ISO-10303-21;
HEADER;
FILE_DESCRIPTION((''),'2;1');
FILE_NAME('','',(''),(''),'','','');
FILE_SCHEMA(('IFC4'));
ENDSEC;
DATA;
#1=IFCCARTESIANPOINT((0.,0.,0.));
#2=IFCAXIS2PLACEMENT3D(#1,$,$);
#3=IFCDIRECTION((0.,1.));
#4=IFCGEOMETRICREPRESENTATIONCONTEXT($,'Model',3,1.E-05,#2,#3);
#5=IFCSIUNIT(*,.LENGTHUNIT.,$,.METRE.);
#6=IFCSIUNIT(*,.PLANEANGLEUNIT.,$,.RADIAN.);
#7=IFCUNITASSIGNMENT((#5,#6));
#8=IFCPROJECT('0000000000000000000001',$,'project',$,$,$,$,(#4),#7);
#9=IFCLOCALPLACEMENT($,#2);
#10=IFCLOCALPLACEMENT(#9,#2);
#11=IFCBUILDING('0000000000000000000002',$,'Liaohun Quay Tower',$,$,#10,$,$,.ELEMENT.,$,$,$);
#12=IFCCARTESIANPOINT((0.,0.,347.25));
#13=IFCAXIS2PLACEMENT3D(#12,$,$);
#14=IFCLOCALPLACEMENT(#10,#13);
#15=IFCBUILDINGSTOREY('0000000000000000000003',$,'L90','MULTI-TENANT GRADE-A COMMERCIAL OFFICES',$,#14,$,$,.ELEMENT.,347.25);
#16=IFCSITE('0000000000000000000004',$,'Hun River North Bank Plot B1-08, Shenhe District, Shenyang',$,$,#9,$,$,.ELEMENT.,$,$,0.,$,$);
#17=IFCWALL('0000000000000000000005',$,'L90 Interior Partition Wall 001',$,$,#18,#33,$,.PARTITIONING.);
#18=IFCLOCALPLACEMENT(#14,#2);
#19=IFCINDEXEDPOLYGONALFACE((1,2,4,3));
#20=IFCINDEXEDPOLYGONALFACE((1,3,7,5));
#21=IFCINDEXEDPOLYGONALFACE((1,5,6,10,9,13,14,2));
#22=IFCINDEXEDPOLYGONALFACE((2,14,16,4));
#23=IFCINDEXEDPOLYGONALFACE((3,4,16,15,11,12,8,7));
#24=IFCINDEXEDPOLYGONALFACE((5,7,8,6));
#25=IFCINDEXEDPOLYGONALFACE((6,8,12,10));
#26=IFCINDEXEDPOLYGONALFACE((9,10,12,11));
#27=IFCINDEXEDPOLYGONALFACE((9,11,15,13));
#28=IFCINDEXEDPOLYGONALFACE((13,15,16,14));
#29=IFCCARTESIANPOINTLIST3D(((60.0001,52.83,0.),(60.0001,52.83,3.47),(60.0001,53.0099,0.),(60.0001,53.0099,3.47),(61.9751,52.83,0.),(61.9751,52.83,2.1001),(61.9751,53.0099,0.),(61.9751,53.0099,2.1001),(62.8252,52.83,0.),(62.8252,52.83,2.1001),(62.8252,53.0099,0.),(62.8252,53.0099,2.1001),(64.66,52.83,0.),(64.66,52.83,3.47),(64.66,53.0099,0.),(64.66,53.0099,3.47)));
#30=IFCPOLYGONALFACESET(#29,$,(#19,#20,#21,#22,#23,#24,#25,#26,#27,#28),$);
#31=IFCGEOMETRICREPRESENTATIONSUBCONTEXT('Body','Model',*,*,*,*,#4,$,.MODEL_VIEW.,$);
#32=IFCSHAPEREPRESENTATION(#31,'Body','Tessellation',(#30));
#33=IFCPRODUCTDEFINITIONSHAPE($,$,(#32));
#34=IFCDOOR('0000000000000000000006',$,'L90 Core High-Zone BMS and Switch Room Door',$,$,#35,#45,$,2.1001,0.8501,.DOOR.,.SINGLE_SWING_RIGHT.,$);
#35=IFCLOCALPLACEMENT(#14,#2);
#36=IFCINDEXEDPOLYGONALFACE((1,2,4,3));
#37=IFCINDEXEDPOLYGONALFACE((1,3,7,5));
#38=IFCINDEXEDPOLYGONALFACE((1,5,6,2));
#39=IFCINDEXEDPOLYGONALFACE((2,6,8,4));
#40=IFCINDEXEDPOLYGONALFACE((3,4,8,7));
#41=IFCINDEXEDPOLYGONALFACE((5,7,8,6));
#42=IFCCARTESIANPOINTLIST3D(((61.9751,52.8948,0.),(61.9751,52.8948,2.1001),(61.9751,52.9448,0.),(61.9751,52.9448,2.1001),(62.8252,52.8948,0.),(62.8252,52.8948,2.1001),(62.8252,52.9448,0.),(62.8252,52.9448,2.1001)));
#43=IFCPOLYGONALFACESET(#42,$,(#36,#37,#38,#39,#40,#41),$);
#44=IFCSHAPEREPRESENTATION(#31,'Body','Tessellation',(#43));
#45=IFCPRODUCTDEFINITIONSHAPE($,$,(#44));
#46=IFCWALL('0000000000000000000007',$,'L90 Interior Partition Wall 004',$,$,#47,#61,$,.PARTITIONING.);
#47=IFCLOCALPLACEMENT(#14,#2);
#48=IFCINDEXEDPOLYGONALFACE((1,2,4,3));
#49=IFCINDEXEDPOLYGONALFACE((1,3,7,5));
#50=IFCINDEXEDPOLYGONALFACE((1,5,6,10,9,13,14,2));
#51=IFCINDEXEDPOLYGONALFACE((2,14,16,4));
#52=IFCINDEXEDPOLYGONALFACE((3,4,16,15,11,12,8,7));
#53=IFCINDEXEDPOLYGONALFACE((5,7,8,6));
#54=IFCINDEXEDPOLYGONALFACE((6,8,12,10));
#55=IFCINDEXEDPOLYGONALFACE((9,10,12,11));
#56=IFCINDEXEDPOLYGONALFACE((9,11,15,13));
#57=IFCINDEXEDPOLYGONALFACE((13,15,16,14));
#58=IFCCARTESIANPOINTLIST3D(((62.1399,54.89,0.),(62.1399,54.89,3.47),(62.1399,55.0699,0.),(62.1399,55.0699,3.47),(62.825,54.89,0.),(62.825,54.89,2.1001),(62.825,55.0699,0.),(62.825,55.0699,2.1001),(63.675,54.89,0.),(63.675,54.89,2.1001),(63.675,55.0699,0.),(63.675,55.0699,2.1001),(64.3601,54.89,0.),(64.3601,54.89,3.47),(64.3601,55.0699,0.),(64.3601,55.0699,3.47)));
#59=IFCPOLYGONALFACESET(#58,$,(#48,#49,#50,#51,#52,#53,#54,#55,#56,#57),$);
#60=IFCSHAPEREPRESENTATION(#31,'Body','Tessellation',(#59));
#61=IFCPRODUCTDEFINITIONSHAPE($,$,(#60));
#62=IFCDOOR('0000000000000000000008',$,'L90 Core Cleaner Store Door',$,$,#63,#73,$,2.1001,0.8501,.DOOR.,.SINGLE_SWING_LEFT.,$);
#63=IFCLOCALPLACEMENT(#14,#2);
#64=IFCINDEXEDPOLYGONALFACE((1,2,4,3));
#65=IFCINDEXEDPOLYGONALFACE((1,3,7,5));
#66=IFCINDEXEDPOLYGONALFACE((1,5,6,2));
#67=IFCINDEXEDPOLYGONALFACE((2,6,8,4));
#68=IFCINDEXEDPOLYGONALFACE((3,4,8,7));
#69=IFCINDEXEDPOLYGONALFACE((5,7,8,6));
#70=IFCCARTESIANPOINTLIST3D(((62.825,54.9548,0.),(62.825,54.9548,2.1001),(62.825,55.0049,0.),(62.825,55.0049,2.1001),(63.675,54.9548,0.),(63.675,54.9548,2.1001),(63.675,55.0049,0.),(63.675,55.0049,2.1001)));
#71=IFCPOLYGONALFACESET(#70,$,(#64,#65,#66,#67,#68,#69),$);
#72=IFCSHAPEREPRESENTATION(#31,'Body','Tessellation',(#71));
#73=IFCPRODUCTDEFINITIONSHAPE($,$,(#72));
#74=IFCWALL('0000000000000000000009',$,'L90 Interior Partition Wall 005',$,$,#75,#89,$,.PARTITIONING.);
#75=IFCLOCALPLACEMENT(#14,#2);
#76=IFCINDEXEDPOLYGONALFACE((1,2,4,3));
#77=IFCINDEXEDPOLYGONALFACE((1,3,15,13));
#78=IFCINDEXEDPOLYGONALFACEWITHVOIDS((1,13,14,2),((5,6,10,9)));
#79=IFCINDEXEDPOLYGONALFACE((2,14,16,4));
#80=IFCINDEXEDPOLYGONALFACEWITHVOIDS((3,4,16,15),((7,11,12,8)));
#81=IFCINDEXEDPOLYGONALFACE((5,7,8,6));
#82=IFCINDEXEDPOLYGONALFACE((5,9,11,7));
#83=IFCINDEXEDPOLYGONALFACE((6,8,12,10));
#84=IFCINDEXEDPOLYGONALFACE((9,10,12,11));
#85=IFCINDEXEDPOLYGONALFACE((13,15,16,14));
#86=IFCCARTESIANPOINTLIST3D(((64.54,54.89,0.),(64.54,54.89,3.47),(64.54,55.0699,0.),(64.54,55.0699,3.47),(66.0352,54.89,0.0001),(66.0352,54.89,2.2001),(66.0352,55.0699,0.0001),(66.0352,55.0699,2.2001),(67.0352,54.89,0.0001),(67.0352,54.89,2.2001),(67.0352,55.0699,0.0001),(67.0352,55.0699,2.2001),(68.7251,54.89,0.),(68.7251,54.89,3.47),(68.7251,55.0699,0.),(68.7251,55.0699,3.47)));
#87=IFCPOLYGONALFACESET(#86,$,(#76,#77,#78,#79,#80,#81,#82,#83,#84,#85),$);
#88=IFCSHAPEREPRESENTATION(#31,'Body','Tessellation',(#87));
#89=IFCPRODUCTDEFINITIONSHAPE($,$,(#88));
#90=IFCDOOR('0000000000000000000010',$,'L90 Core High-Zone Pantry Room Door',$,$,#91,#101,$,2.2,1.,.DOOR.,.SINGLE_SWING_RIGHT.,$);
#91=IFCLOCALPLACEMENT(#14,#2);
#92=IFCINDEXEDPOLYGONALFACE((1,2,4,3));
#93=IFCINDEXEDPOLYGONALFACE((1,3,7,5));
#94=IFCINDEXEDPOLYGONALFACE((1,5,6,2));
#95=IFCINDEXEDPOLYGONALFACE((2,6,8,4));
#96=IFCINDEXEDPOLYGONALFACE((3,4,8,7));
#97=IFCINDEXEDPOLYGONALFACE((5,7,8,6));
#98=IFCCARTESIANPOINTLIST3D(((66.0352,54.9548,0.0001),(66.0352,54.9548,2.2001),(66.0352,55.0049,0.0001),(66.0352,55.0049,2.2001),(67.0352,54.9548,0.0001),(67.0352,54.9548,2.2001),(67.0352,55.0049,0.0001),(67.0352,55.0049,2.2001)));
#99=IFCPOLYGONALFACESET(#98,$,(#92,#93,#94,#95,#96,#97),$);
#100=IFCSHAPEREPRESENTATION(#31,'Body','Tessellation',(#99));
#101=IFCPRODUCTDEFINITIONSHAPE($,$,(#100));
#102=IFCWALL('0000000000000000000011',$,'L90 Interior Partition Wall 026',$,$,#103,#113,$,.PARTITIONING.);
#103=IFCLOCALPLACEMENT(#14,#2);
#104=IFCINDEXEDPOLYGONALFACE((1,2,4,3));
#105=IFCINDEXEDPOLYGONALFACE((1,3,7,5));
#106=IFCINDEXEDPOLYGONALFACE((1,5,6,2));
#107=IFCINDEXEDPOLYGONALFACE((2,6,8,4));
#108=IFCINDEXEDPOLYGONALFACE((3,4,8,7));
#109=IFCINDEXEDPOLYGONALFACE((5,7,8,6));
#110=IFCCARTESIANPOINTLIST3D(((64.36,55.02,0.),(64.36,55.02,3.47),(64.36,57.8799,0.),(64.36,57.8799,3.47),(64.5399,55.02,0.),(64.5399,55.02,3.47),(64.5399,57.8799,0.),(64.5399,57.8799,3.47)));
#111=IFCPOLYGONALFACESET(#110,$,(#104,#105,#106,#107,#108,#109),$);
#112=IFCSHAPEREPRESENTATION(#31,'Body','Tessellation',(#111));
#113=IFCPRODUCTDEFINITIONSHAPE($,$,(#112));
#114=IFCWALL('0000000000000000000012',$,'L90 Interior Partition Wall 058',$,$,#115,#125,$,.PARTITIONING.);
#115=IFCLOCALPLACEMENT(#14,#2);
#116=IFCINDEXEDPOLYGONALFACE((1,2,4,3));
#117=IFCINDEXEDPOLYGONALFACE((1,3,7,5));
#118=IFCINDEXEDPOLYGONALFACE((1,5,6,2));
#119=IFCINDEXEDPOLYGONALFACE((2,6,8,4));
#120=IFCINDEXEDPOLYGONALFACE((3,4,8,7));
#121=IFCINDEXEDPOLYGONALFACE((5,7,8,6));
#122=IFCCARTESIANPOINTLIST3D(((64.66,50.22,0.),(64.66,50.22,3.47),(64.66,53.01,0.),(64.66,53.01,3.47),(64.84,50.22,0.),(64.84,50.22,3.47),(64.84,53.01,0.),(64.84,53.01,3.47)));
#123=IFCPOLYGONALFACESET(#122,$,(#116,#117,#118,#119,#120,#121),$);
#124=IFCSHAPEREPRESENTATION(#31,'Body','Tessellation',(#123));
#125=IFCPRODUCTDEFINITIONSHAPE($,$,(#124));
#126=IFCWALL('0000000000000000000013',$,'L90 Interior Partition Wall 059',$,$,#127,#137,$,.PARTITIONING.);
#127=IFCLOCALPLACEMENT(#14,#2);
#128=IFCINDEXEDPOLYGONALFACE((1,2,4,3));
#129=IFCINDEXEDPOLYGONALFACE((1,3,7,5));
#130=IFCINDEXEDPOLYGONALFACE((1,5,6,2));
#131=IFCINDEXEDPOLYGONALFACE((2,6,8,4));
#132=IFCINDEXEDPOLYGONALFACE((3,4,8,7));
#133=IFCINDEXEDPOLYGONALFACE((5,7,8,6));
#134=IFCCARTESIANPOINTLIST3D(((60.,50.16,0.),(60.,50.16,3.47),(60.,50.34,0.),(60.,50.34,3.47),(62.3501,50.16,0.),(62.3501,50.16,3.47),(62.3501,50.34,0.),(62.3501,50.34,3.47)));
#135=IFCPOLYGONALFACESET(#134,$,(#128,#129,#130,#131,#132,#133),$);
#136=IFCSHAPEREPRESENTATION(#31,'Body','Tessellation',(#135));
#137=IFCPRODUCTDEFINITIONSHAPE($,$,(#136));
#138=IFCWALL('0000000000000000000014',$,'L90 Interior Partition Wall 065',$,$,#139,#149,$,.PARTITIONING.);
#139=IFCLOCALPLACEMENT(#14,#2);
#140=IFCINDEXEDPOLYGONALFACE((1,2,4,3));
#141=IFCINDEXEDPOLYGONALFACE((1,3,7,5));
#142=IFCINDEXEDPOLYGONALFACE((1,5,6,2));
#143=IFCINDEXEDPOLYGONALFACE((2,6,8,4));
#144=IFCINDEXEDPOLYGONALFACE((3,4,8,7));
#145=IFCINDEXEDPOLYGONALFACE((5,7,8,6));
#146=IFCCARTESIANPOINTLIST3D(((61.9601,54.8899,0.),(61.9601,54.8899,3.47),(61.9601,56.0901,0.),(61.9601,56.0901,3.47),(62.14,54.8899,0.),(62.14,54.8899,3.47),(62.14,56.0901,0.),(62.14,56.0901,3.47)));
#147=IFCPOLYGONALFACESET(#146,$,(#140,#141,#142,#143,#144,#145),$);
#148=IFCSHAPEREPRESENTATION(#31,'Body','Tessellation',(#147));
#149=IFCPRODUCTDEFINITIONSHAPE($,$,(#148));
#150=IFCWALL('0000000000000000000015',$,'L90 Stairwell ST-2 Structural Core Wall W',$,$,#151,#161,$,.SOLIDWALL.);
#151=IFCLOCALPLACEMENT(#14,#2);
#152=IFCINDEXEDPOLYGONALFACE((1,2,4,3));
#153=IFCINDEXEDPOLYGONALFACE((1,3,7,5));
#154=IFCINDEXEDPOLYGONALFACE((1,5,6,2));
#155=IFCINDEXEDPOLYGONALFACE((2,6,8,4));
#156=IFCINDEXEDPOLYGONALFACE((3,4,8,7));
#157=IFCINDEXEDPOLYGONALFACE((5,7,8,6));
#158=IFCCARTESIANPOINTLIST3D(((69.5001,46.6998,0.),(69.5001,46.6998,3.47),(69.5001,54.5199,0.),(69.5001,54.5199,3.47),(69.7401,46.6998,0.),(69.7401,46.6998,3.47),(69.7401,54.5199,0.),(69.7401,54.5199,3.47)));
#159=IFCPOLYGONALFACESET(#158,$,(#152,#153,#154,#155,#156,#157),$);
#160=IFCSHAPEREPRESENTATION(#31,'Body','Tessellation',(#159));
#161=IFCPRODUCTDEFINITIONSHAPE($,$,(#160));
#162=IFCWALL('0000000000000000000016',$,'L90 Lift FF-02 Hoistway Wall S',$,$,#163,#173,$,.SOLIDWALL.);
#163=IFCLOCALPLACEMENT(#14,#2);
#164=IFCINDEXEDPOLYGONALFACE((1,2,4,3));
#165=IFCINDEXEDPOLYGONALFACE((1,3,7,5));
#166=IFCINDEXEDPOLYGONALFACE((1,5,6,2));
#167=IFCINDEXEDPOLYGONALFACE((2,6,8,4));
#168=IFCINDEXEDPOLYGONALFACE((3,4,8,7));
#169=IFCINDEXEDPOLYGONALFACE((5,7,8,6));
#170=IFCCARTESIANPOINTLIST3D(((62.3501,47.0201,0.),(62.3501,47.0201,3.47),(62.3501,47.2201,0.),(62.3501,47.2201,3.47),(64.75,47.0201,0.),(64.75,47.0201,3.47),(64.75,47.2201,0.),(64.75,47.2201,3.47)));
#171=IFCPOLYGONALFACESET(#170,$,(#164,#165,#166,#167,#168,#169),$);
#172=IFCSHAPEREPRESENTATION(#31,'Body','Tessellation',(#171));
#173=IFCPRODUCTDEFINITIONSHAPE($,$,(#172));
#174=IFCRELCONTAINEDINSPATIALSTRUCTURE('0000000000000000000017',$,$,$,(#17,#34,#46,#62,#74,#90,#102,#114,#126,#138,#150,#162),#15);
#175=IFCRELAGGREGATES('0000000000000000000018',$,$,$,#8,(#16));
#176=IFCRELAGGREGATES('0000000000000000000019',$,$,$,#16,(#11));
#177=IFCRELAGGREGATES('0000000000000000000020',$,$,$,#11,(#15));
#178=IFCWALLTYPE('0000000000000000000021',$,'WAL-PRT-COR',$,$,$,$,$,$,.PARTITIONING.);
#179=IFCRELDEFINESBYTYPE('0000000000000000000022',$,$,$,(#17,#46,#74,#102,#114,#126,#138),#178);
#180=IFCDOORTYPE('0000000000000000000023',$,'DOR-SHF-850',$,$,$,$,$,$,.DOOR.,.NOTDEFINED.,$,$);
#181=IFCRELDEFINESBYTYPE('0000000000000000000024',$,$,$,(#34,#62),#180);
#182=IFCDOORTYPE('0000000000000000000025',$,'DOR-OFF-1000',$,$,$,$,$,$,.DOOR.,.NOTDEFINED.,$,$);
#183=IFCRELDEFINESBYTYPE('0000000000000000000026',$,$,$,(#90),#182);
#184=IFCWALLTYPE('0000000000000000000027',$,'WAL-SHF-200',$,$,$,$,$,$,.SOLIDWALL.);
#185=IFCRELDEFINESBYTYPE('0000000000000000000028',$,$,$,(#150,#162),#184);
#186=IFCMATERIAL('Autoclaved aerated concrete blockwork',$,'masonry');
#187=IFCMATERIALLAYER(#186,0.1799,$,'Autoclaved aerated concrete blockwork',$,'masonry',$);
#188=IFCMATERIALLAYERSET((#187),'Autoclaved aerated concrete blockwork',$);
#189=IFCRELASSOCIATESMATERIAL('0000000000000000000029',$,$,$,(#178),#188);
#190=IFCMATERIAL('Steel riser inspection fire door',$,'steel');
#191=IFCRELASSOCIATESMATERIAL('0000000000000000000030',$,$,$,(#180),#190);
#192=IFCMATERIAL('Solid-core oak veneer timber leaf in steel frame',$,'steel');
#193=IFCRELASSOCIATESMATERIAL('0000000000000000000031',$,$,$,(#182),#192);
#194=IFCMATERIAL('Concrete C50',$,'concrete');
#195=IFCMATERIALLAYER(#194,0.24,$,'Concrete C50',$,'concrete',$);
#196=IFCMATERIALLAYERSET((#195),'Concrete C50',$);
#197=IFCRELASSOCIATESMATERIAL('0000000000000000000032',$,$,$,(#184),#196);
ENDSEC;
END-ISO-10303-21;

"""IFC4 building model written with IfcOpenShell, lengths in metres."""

from ifc_helpers import new_model, si_unit, direction, frame, frame_2d, origin, place, context, subcontext, project, spatial, rectangle, extrude, source, transform, mapped, material, layer, layer_set, type_object, element, fill, save


model = new_model("IFC4")

# Units and contexts
model_context = context("Model", 3, precision=1e-05, world=origin(), true_north=direction((0.0, 1.0)))
body_context = subcontext(model_context, "Body", "Model", "MODEL_VIEW")
ifc_project = project(units=[si_unit("LENGTHUNIT", "METRE"), si_unit("PLANEANGLEUNIT", "RADIAN")], contexts=[model_context])

# Site, building, storey
site_placement = place(None, origin())
site = spatial("IfcSite", under=ifc_project, at=site_placement, Name="Hun River North Bank Plot B1-08, Shenhe District, Shenyang", CompositionType="ELEMENT", RefElevation=0.0)
building_placement = place(site_placement, origin())
building = spatial("IfcBuilding", under=site, at=building_placement, Name="Liaohun Quay Tower", CompositionType="ELEMENT")
storey_placement = place(building_placement, frame((0.0, 0.0, 347.25)))
storey = spatial("IfcBuildingStorey", under=building, at=storey_placement, Name="L90", Description="MULTI-TENANT GRADE-A COMMERCIAL OFFICES", CompositionType="ELEMENT", Elevation=347.25)

# Walls, openings, doors
ifc_material_1 = material(Name="Autoclaved aerated concrete blockwork", Category="masonry")
ifc_layer_1 = layer(ifc_material_1, 0.1799, Name="Autoclaved aerated concrete blockwork", Category="masonry")
ifc_layer_set_1 = layer_set([ifc_layer_1], Name="Autoclaved aerated concrete blockwork")
wall_type_1 = type_object("IfcWallType", Name="WAL-PRT-COR", PredefinedType="PARTITIONING", material=ifc_layer_set_1)
wall_1_placement = place(storey_placement, frame((60.0, 52.9199, 0.0), z_axis=(0.0, 0.0, 1.0), x_axis=(1.0, 0.0, 0.0)))
wall_1 = element("IfcWall", 1, at=wall_1_placement, inside=storey, type_object=wall_type_1, Name="L90 Interior Partition Wall 001", PredefinedType="PARTITIONING", context=body_context, shape_type="SweptSolid", body=[
    extrude(rectangle(XDim=4.6599, YDim=0.1799, at=frame_2d((2.3301, 0.0))), origin(), (0.0, 0.0, 1.0), 3.47),
])
shared_shape_1 = source(origin(), body_context, "Body", "SweptSolid", [
    extrude(rectangle(XDim=0.8501, YDim=2.1001, at=frame_2d((0.425, 1.05))), frame((0.0, 0.0999, 0.0), z_axis=(0.0, -1.0, 0.0), x_axis=(1.0, 0.0, 0.0)), (0.0, 0.0, 1.0), 0.2),
])
opening_1_placement = place(wall_1_placement, frame((1.9751, 0.0, 0.0)))
opening_1 = element("IfcOpeningElement", 2, at=opening_1_placement, cuts=wall_1, PredefinedType="OPENING", context=body_context, shape_type="MappedRepresentation", body=[
    mapped(shared_shape_1, transform((0.0, 0.0, 0.0), x_axis=(1.0, 0.0, 0.0), y_axis=(0.0, 1.0, 0.0), z_axis=(0.0, 0.0, 1.0), scale=1.0)),
])
ifc_material_2 = material(Name="Steel riser inspection fire door", Category="steel")
door_type_1 = type_object("IfcDoorType", Name="DOR-SHF-850", OperationType="NOTDEFINED", PredefinedType="DOOR", material=ifc_material_2)
shared_shape_2 = source(origin(), body_context, "Body", "SweptSolid", [
    extrude(rectangle(XDim=0.8501, YDim=2.1001, at=frame_2d((0.425, 1.05))), frame((0.0, 0.0249, 0.0), z_axis=(0.0, -1.0, 0.0), x_axis=(1.0, 0.0, 0.0)), (0.0, 0.0, 1.0), 0.05),
])
door_1_placement = place(opening_1_placement, origin())
door_1 = element("IfcDoor", 3, at=door_1_placement, inside=storey, type_object=door_type_1, Name="L90 Core High-Zone BMS and Switch Room Door", OperationType="SINGLE_SWING_RIGHT", OverallHeight=2.1001, OverallWidth=0.8501, PredefinedType="DOOR", context=body_context, shape_type="MappedRepresentation", body=[
    mapped(shared_shape_2, transform((0.0, 0.0, 0.0), x_axis=(1.0, 0.0, 0.0), y_axis=(0.0, 1.0, 0.0), z_axis=(0.0, 0.0, 1.0), scale=1.0)),
])
fill(opening_1, door_1)
wall_2_placement = place(storey_placement, frame((62.1399, 54.98, 0.0), z_axis=(0.0, 0.0, 1.0), x_axis=(1.0, 0.0, 0.0)))
wall_2 = element("IfcWall", 4, at=wall_2_placement, inside=storey, type_object=wall_type_1, Name="L90 Interior Partition Wall 004", PredefinedType="PARTITIONING", context=body_context, shape_type="SweptSolid", body=[
    extrude(rectangle(XDim=2.2202, YDim=0.1799, at=frame_2d((1.1101, 0.0))), origin(), (0.0, 0.0, 1.0), 3.47),
])
opening_2_placement = place(wall_2_placement, frame((0.6851, 0.0, 0.0)))
opening_2 = element("IfcOpeningElement", 5, at=opening_2_placement, cuts=wall_2, PredefinedType="OPENING", context=body_context, shape_type="MappedRepresentation", body=[
    mapped(shared_shape_1, transform((0.0, 0.0, 0.0), x_axis=(1.0, 0.0, 0.0), y_axis=(0.0, 1.0, 0.0), z_axis=(0.0, 0.0, 1.0), scale=1.0)),
])
door_2_placement = place(opening_2_placement, origin())
door_2 = element("IfcDoor", 6, at=door_2_placement, inside=storey, type_object=door_type_1, Name="L90 Core Cleaner Store Door", OperationType="SINGLE_SWING_LEFT", OverallHeight=2.1001, OverallWidth=0.8501, PredefinedType="DOOR", context=body_context, shape_type="MappedRepresentation", body=[
    mapped(shared_shape_2, transform((0.0, 0.0, 0.0), x_axis=(1.0, 0.0, 0.0), y_axis=(0.0, 1.0, 0.0), z_axis=(0.0, 0.0, 1.0), scale=1.0)),
])
fill(opening_2, door_2)
wall_3_placement = place(storey_placement, frame((64.54, 54.98, 0.0), z_axis=(0.0, 0.0, 1.0), x_axis=(1.0, 0.0, 0.0)))
wall_3 = element("IfcWall", 7, at=wall_3_placement, inside=storey, type_object=wall_type_1, Name="L90 Interior Partition Wall 005", PredefinedType="PARTITIONING", context=body_context, shape_type="SweptSolid", body=[
    extrude(rectangle(XDim=4.1851, YDim=0.1799, at=frame_2d((2.0925, 0.0))), origin(), (0.0, 0.0, 1.0), 3.47),
])
shared_shape_3 = source(origin(), body_context, "Body", "SweptSolid", [
    extrude(rectangle(XDim=1.0, YDim=2.2, at=frame_2d((0.5, 1.1001))), frame((0.0, 0.0999, 0.0), z_axis=(0.0, -1.0, 0.0), x_axis=(1.0, 0.0, 0.0)), (0.0, 0.0, 1.0), 0.2),
])
opening_3_placement = place(wall_3_placement, frame((1.4951, 0.0, 0.0)))
opening_3 = element("IfcOpeningElement", 8, at=opening_3_placement, cuts=wall_3, PredefinedType="OPENING", context=body_context, shape_type="MappedRepresentation", body=[
    mapped(shared_shape_3, transform((0.0, 0.0, 0.0), x_axis=(1.0, 0.0, 0.0), y_axis=(0.0, 1.0, 0.0), z_axis=(0.0, 0.0, 1.0), scale=1.0)),
])
ifc_material_3 = material(Name="Solid-core oak veneer timber leaf in steel frame", Category="steel")
door_type_2 = type_object("IfcDoorType", Name="DOR-OFF-1000", OperationType="NOTDEFINED", PredefinedType="DOOR", material=ifc_material_3)
shared_shape_4 = source(origin(), body_context, "Body", "SweptSolid", [
    extrude(rectangle(XDim=1.0, YDim=2.2, at=frame_2d((0.5, 1.1001))), frame((0.0, 0.0249, 0.0), z_axis=(0.0, -1.0, 0.0), x_axis=(1.0, 0.0, 0.0)), (0.0, 0.0, 1.0), 0.05),
])
door_3_placement = place(opening_3_placement, origin())
door_3 = element("IfcDoor", 9, at=door_3_placement, inside=storey, type_object=door_type_2, Name="L90 Core High-Zone Pantry Room Door", OperationType="SINGLE_SWING_RIGHT", OverallHeight=2.2, OverallWidth=1.0, PredefinedType="DOOR", context=body_context, shape_type="MappedRepresentation", body=[
    mapped(shared_shape_4, transform((0.0, 0.0, 0.0), x_axis=(1.0, 0.0, 0.0), y_axis=(0.0, 1.0, 0.0), z_axis=(0.0, 0.0, 1.0), scale=1.0)),
])
fill(opening_3, door_3)

# Walls
wall_4_placement = place(storey_placement, frame((64.45, 55.02, 0.0), z_axis=(0.0, 0.0, 1.0), x_axis=(0.0, 1.0, 0.0)))
element("IfcWall", 10, at=wall_4_placement, inside=storey, type_object=wall_type_1, Name="L90 Interior Partition Wall 026", PredefinedType="PARTITIONING", context=body_context, shape_type="SweptSolid", body=[
    extrude(rectangle(XDim=2.8599, YDim=0.1799, at=frame_2d((1.4299, 0.0))), origin(), (0.0, 0.0, 1.0), 3.47),
])
wall_5_placement = place(storey_placement, frame((64.75, 50.22, 0.0), z_axis=(0.0, 0.0, 1.0), x_axis=(0.0, 1.0, 0.0)))
element("IfcWall", 11, at=wall_5_placement, inside=storey, type_object=wall_type_1, Name="L90 Interior Partition Wall 058", PredefinedType="PARTITIONING", context=body_context, shape_type="SweptSolid", body=[
    extrude(rectangle(XDim=2.79, YDim=0.1799, at=frame_2d((1.395, 0.0))), origin(), (0.0, 0.0, 1.0), 3.47),
])
wall_6_placement = place(storey_placement, frame((60.0, 50.25, 0.0), z_axis=(0.0, 0.0, 1.0), x_axis=(1.0, 0.0, 0.0)))
element("IfcWall", 12, at=wall_6_placement, inside=storey, type_object=wall_type_1, Name="L90 Interior Partition Wall 059", PredefinedType="PARTITIONING", context=body_context, shape_type="SweptSolid", body=[
    extrude(rectangle(XDim=2.3501, YDim=0.1799, at=frame_2d((1.175, 0.0))), origin(), (0.0, 0.0, 1.0), 3.47),
])
wall_7_placement = place(storey_placement, frame((62.05, 54.8899, 0.0), z_axis=(0.0, 0.0, 1.0), x_axis=(0.0, 1.0, 0.0)))
element("IfcWall", 13, at=wall_7_placement, inside=storey, type_object=wall_type_1, Name="L90 Interior Partition Wall 065", PredefinedType="PARTITIONING", context=body_context, shape_type="SweptSolid", body=[
    extrude(rectangle(XDim=1.2002, YDim=0.1799, at=frame_2d((0.6001, 0.0))), origin(), (0.0, 0.0, 1.0), 3.47),
])
ifc_material_4 = material(Name="Concrete C50", Category="concrete")
ifc_layer_2 = layer(ifc_material_4, 0.24, Name="Concrete C50", Category="concrete")
ifc_layer_set_2 = layer_set([ifc_layer_2], Name="Concrete C50")
wall_type_2 = type_object("IfcWallType", Name="WAL-SHF-200", PredefinedType="SOLIDWALL", material=ifc_layer_set_2)
wall_8_placement = place(storey_placement, frame((69.6201, 54.52, 0.0), z_axis=(0.0, 0.0, 1.0), x_axis=(0.0, -1.0, 0.0)))
element("IfcWall", 14, at=wall_8_placement, inside=storey, type_object=wall_type_2, Name="L90 Stairwell ST-2 Structural Core Wall W", PredefinedType="SOLIDWALL", context=body_context, shape_type="SweptSolid", body=[
    extrude(rectangle(XDim=7.8201, YDim=0.24, at=frame_2d((3.9102, 0.0))), origin(), (0.0, 0.0, 1.0), 3.47),
])
wall_9_placement = place(storey_placement, frame((62.3501, 47.1201, 0.0), z_axis=(0.0, 0.0, 1.0), x_axis=(1.0, 0.0, 0.0)))
element("IfcWall", 15, at=wall_9_placement, inside=storey, type_object=wall_type_2, Name="L90 Lift FF-02 Hoistway Wall S", PredefinedType="SOLIDWALL", context=body_context, shape_type="SweptSolid", body=[
    extrude(rectangle(XDim=2.3999, YDim=0.2, at=frame_2d((1.2, 0.0))), origin(), (0.0, 0.0, 1.0), 3.47),
])

save(model, "model.ifc")
